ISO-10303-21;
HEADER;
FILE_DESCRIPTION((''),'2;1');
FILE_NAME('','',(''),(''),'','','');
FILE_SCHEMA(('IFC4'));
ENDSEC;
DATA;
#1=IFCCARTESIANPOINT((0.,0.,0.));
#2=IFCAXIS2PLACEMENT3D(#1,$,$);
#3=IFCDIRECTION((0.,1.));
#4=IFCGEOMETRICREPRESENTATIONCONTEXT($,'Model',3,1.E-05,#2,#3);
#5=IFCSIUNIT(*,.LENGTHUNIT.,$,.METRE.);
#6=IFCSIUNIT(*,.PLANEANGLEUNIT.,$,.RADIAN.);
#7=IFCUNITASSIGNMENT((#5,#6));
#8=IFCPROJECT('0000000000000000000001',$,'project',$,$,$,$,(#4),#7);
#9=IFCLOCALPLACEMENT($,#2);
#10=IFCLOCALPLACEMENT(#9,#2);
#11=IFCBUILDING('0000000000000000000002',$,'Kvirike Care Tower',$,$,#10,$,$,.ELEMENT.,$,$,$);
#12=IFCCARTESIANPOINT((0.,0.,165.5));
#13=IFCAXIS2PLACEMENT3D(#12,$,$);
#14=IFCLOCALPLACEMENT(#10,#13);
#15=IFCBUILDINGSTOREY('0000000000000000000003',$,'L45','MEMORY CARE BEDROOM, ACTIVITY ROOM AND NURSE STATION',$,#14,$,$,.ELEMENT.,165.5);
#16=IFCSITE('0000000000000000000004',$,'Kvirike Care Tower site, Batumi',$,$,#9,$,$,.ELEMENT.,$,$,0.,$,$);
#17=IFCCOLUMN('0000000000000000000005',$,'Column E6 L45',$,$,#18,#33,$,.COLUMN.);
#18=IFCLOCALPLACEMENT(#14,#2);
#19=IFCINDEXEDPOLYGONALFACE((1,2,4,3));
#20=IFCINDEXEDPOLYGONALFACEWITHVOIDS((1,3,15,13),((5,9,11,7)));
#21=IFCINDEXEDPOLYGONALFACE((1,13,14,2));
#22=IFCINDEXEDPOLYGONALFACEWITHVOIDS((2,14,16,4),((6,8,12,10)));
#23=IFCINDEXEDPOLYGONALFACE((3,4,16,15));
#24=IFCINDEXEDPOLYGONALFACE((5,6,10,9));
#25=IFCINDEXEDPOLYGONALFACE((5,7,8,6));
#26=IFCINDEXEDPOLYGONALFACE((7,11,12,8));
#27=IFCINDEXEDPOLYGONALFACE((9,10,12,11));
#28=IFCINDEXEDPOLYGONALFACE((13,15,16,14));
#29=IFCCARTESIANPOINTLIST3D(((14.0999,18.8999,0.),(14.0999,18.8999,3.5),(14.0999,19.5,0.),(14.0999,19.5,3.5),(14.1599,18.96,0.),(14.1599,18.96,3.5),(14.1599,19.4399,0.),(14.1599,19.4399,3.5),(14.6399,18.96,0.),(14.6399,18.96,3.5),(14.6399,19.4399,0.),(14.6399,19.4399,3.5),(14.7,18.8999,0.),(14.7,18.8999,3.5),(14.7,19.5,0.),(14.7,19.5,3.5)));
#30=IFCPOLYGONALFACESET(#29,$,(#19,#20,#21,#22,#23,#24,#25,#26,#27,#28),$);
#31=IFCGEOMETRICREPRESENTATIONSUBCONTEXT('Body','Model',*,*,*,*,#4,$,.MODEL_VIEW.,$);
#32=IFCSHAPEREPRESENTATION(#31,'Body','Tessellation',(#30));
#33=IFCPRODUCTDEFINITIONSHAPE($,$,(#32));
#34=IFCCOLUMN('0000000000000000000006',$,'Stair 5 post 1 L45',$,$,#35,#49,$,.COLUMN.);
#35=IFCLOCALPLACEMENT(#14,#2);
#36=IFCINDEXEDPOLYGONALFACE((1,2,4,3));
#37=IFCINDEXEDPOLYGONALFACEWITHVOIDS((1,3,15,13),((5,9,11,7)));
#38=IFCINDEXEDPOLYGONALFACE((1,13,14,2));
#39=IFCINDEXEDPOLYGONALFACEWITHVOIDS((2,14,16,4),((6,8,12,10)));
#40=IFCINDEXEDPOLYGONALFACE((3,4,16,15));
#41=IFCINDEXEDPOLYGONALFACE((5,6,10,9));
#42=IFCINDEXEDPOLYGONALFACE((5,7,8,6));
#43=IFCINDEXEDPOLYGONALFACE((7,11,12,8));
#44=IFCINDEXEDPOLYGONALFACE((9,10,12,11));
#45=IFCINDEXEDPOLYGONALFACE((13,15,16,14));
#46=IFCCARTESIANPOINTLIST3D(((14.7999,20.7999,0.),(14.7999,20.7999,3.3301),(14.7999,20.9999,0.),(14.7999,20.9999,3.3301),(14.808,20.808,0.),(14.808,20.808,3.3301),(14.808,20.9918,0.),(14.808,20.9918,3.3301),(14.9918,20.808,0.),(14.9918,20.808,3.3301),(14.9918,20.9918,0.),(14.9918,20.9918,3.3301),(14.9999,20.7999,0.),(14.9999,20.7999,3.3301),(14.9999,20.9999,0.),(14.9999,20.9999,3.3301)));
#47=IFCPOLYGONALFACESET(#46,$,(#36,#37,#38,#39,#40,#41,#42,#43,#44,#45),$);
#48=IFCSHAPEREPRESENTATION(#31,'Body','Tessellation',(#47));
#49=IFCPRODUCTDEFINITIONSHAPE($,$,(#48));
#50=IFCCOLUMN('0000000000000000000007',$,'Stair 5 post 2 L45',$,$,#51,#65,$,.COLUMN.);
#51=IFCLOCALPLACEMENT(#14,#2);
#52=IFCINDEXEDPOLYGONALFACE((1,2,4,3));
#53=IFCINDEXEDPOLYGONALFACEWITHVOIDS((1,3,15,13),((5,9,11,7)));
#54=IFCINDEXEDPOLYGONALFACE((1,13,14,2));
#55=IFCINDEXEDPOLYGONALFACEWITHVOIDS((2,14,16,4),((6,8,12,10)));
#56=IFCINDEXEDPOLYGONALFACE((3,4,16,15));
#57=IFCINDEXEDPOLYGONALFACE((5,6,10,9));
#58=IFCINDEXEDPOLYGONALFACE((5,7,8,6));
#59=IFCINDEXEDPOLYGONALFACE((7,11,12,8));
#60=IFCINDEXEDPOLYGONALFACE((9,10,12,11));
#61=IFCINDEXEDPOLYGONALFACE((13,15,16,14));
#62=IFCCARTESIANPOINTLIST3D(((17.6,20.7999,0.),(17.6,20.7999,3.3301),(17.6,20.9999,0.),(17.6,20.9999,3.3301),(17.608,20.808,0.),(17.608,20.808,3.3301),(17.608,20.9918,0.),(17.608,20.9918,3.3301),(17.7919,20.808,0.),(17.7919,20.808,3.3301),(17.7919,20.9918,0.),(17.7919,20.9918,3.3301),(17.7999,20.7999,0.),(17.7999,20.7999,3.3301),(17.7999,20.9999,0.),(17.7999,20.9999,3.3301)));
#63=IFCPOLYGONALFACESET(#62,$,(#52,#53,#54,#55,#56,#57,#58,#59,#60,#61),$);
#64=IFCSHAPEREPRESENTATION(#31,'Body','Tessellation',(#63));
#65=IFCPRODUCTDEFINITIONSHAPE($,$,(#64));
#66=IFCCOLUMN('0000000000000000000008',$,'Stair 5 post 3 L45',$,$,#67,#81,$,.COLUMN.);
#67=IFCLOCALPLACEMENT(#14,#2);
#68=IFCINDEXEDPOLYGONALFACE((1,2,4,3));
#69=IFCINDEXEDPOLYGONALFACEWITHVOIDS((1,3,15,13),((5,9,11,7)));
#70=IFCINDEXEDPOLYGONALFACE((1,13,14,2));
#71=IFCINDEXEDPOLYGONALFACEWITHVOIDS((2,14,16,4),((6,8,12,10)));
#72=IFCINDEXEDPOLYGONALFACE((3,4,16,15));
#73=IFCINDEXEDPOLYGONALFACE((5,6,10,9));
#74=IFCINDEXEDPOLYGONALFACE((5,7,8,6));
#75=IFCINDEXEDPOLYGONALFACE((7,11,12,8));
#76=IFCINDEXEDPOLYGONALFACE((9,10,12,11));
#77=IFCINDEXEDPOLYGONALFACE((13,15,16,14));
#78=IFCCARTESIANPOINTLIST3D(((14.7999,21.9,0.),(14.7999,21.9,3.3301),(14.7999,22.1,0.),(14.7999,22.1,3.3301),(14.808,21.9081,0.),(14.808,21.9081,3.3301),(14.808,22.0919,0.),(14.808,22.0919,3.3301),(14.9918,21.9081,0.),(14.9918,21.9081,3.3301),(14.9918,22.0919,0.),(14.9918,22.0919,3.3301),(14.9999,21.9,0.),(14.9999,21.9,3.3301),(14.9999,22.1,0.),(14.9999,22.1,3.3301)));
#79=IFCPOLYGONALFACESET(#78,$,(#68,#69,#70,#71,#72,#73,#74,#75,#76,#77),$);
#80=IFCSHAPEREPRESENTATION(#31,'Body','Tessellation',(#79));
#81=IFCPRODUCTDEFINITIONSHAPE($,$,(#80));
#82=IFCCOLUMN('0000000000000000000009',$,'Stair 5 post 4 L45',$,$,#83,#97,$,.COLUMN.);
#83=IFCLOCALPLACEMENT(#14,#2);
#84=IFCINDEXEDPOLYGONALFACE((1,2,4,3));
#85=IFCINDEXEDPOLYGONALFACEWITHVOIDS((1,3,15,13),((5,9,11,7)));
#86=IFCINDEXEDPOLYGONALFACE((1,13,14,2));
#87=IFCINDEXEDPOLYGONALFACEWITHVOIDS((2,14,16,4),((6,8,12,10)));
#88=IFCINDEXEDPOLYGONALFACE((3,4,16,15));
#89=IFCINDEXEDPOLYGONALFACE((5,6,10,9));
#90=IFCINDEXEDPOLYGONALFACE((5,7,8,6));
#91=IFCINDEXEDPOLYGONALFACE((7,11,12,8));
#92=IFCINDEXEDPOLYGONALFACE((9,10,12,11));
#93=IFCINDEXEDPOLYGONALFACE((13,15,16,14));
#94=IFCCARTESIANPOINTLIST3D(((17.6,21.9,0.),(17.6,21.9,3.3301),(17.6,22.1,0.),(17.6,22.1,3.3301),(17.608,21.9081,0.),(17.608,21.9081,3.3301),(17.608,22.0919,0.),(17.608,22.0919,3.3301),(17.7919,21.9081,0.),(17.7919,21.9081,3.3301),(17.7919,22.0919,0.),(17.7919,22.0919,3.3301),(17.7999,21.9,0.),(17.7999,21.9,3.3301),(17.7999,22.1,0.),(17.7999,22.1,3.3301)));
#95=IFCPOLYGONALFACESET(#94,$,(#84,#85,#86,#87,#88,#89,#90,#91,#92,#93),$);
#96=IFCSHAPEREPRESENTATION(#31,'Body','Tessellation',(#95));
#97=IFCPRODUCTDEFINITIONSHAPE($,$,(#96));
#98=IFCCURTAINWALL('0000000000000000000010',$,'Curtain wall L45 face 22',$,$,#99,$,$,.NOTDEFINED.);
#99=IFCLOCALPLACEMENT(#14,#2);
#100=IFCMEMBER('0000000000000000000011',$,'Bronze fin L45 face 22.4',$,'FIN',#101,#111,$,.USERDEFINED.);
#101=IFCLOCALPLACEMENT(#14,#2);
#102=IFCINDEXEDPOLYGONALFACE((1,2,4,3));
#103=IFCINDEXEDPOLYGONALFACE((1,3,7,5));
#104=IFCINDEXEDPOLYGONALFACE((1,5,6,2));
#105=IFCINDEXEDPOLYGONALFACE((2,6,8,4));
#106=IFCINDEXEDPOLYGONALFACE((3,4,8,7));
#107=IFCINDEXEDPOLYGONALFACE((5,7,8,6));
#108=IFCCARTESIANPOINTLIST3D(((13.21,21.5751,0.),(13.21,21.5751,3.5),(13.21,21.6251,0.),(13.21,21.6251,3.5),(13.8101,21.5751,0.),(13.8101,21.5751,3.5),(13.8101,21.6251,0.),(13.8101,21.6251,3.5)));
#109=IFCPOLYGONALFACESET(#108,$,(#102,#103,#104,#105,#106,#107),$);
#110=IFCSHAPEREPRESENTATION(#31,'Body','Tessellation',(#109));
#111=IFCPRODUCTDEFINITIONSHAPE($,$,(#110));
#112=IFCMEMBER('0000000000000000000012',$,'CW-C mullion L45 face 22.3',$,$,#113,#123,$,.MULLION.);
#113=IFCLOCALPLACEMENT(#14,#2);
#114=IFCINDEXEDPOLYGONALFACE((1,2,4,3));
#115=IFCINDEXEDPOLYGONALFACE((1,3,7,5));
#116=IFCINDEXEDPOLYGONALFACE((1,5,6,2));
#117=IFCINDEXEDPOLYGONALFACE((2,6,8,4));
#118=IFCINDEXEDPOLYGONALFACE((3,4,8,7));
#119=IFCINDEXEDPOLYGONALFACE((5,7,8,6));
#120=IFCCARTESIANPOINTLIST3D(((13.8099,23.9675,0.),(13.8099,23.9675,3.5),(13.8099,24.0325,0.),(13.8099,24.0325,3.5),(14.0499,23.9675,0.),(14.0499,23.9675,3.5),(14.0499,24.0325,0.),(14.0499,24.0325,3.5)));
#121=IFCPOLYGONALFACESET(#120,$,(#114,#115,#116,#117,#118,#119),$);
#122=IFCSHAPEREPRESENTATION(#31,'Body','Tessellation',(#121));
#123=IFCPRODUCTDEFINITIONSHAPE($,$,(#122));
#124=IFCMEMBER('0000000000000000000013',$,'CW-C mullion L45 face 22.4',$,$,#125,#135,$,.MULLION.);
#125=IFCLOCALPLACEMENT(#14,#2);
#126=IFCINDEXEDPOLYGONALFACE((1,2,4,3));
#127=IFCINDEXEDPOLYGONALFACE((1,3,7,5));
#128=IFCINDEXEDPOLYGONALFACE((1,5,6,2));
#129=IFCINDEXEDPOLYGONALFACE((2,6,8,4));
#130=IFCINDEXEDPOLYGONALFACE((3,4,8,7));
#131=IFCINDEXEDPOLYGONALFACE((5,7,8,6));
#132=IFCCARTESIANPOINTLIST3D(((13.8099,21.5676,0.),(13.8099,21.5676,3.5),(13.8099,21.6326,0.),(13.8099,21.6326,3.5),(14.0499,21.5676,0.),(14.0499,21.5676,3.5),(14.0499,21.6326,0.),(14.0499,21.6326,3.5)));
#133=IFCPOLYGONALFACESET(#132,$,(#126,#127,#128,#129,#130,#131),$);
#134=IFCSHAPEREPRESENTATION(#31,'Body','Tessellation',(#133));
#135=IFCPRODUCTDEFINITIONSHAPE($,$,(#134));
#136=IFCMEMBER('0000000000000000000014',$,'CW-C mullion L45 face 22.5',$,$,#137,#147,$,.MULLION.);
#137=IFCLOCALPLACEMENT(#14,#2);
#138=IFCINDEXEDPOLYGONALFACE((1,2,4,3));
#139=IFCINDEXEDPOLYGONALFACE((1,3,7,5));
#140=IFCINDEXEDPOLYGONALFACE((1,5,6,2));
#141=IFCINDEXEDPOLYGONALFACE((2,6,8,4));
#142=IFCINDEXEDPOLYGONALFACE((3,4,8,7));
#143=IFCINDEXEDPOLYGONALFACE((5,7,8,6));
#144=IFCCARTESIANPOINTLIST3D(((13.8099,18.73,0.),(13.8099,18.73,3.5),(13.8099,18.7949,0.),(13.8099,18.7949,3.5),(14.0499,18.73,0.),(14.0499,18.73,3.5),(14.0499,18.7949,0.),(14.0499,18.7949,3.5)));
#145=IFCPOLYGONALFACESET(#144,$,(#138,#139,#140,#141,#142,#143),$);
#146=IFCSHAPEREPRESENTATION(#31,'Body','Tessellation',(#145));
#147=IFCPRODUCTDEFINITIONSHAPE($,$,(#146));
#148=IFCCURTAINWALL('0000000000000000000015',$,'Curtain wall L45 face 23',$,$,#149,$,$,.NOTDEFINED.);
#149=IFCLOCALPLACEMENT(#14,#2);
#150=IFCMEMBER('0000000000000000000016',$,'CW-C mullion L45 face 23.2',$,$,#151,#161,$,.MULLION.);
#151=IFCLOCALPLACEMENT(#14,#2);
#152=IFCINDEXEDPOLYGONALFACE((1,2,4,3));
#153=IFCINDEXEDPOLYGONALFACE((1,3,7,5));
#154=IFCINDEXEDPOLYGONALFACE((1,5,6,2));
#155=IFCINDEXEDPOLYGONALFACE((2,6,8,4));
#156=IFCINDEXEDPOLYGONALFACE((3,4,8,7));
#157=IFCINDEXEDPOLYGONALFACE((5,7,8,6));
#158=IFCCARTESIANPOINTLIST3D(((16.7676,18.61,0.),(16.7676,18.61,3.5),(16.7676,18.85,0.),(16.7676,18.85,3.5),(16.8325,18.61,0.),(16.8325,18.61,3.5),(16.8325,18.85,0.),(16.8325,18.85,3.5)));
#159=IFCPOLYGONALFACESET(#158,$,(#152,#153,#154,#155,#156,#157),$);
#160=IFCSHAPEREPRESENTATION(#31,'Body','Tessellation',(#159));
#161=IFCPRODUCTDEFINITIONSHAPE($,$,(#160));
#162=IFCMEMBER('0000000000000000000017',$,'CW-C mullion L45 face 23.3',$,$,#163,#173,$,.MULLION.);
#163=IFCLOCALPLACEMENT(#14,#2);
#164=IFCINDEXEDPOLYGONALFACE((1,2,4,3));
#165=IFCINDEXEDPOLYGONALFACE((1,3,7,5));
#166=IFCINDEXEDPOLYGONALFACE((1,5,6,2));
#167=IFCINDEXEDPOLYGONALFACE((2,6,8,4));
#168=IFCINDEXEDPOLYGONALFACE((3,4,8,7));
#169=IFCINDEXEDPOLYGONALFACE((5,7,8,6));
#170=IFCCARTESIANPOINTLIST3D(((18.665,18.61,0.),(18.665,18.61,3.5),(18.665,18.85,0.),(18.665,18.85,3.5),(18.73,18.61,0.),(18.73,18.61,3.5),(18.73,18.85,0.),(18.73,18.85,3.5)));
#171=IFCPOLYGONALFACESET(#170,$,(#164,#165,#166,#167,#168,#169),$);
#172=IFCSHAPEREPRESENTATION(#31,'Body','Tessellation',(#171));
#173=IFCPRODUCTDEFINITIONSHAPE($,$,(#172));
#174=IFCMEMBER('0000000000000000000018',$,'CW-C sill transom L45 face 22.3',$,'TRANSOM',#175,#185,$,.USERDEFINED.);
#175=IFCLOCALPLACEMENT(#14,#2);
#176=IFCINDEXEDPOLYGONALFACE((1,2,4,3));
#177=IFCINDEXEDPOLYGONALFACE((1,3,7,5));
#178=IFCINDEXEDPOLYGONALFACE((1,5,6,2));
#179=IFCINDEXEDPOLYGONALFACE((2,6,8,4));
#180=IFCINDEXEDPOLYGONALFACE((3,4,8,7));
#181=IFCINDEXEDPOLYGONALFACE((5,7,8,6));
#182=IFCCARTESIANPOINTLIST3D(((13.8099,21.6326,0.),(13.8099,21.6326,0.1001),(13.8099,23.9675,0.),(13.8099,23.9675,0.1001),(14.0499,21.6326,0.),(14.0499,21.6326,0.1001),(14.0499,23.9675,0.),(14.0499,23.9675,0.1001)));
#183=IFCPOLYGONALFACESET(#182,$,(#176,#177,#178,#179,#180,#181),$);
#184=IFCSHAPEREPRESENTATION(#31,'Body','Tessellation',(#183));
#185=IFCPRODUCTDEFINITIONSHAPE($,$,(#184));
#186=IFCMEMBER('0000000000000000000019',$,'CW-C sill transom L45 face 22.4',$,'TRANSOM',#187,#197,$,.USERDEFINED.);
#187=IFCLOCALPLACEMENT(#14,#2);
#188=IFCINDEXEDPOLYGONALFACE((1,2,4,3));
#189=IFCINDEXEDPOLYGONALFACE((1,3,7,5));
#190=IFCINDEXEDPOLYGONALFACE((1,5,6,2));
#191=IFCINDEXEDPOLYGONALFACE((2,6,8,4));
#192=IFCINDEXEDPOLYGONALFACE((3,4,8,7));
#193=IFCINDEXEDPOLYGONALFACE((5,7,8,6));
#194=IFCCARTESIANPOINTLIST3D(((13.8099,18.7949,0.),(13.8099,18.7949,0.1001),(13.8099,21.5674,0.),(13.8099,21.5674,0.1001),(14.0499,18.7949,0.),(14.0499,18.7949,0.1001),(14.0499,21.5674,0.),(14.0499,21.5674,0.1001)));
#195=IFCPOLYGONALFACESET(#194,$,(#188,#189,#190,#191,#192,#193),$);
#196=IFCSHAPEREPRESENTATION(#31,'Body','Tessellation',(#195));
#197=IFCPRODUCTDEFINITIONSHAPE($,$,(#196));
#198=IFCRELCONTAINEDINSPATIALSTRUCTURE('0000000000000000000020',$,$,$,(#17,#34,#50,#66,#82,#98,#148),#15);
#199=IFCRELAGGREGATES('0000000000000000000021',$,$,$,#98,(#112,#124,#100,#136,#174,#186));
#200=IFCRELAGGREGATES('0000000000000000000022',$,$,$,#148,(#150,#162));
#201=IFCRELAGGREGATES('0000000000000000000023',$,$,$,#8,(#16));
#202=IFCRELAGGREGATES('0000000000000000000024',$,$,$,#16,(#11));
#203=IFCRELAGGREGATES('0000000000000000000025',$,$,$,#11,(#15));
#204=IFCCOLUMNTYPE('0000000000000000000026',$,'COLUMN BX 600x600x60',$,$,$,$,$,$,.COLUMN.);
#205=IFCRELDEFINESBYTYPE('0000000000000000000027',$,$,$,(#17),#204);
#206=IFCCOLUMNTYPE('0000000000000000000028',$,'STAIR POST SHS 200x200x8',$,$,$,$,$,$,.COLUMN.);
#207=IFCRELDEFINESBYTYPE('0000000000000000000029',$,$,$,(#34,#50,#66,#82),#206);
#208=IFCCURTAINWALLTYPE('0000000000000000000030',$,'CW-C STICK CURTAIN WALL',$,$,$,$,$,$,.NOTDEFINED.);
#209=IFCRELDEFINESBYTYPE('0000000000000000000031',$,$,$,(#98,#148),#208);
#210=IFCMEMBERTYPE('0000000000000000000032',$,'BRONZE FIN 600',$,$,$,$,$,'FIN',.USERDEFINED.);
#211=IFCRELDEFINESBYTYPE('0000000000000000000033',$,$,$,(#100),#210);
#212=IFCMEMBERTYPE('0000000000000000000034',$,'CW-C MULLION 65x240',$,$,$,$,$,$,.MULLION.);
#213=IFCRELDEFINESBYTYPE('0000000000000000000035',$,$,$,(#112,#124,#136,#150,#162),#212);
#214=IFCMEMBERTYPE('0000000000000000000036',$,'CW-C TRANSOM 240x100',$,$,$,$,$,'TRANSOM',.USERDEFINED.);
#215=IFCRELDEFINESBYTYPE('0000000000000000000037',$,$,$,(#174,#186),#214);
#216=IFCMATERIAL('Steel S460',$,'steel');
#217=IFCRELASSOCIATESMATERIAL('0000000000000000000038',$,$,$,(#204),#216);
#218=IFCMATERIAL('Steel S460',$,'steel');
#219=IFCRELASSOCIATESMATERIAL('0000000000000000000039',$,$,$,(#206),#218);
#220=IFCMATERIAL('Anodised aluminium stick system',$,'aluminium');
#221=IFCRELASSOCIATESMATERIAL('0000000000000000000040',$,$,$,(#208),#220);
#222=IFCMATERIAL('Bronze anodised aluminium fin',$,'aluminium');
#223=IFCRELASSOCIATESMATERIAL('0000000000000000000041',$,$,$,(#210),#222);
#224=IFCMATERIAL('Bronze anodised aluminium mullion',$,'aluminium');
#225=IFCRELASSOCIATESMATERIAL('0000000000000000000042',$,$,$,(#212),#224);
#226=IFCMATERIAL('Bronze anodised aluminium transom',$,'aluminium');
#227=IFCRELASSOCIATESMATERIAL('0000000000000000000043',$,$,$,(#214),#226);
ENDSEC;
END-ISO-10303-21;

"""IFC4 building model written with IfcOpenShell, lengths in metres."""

from ifc_helpers import new_model, si_unit, direction, frame, origin, origin_2d, place, context, subcontext, project, spatial, rectangle, hollow_rectangle, extrude, material, material_profile, profile_set, type_object, element, aggregate, save


model = new_model("IFC4")

# Units and contexts
model_context = context("Model", 3, precision=1e-05, world=origin(), true_north=direction((0.0, 1.0)))
body_context = subcontext(model_context, "Body", "Model", "MODEL_VIEW")
ifc_project = project(units=[si_unit("LENGTHUNIT", "METRE"), si_unit("PLANEANGLEUNIT", "RADIAN")], contexts=[model_context])

# Site, building, storey
site_placement = place(None, origin())
site = spatial("IfcSite", under=ifc_project, at=site_placement, Name="Kvirike Care Tower site, Batumi", CompositionType="ELEMENT", RefElevation=0.0)
building_placement = place(site_placement, origin())
building = spatial("IfcBuilding", under=site, at=building_placement, Name="Kvirike Care Tower", CompositionType="ELEMENT")
storey_placement = place(building_placement, frame((0.0, 0.0, 165.5)))
storey = spatial("IfcBuildingStorey", under=building, at=storey_placement, Name="L45", Description="MEMORY CARE BEDROOM, ACTIVITY ROOM AND NURSE STATION", CompositionType="ELEMENT", Elevation=165.5)

# Columns
ifc_material_1 = material(Name="Steel S460", Category="steel")
ifc_material_profile_1 = material_profile(ifc_material_1, hollow_rectangle(XDim=0.6001, YDim=0.6001, WallThickness=0.0601, at=origin_2d()), Name="BX 600x600x60")
ifc_profile_set_1 = profile_set([ifc_material_profile_1], Name="Steel S460")
column_type_1 = type_object("IfcColumnType", Name="COLUMN BX 600x600x60", PredefinedType="COLUMN", material=ifc_profile_set_1)
column_placement = place(storey_placement, frame((14.3999, 19.2, 0.0), z_axis=(0.0, 0.0, 1.0), x_axis=(0.0, 1.0, 0.0)))
element("IfcColumn", 1, at=column_placement, inside=storey, type_object=column_type_1, Name="Column E6 L45", PredefinedType="COLUMN", context=body_context, shape_type="SweptSolid", body=[
    extrude(hollow_rectangle(XDim=0.6001, YDim=0.6001, WallThickness=0.0601, at=origin_2d()), origin(), (0.0, 0.0, 1.0), 3.5),
])
ifc_material_2 = material(Name="Steel S460", Category="steel")
ifc_material_profile_2 = material_profile(ifc_material_2, hollow_rectangle(XDim=0.2, YDim=0.2, WallThickness=0.0081, at=origin_2d()), Name="SHS 200x200x8")
ifc_profile_set_2 = profile_set([ifc_material_profile_2], Name="Steel S460")
column_type_2 = type_object("IfcColumnType", Name="STAIR POST SHS 200x200x8", PredefinedType="COLUMN", material=ifc_profile_set_2)
for number, where, z_axis, x_axis, name in (
    (2, (14.8999, 20.8999, 0.0), (0.0, 0.0, 1.0), (1.0, 0.0, 0.0), "Stair 5 post 1 L45"),
    (3, (17.7, 20.8999, 0.0), (0.0, 0.0, 1.0), (1.0, 0.0, 0.0), "Stair 5 post 2 L45"),
    (4, (14.8999, 22.0, 0.0), (0.0, 0.0, 1.0), (1.0, 0.0, 0.0), "Stair 5 post 3 L45"),
    (5, (17.7, 22.0, 0.0), (0.0, 0.0, 1.0), (1.0, 0.0, 0.0), "Stair 5 post 4 L45"),
):
    element("IfcColumn", number, at=place(storey_placement, frame(where, z_axis=z_axis, x_axis=x_axis)), inside=storey, type_object=column_type_2, Name=name, PredefinedType="COLUMN", context=body_context, shape_type="SweptSolid", body=[
        extrude(hollow_rectangle(XDim=0.2, YDim=0.2, WallThickness=0.0081, at=origin_2d()), origin(), (0.0, 0.0, 1.0), 3.3301),
    ])

# Curtain walls, members
ifc_material_3 = material(Name="Anodised aluminium stick system", Category="aluminium")
curtain_wall_type = type_object("IfcCurtainWallType", Name="CW-C STICK CURTAIN WALL", PredefinedType="NOTDEFINED", material=ifc_material_3)
curtain_wall_1_placement = place(storey_placement, origin())
curtain_wall_1 = element("IfcCurtainWall", 6, at=curtain_wall_1_placement, inside=storey, type_object=curtain_wall_type, Name="Curtain wall L45 face 22", PredefinedType="NOTDEFINED")
ifc_material_4 = material(Name="Bronze anodised aluminium fin", Category="aluminium")
ifc_material_profile_3 = material_profile(ifc_material_4, rectangle(XDim=0.05, YDim=0.6001, at=origin_2d()), Name="BRONZE FIN 600")
ifc_profile_set_3 = profile_set([ifc_material_profile_3], Name="Bronze anodised aluminium fin")
member_type_1 = type_object("IfcMemberType", Name="BRONZE FIN 600", ElementType="FIN", PredefinedType="USERDEFINED", material=ifc_profile_set_3)
member_1_placement = place(storey_placement, frame((13.51, 21.6001, 0.0), z_axis=(0.0, 0.0, 1.0), x_axis=(0.0, -1.0, 0.0)))
member_1 = element("IfcMember", 7, at=member_1_placement, type_object=member_type_1, Name="Bronze fin L45 face 22.4", ObjectType="FIN", PredefinedType="USERDEFINED", context=body_context, shape_type="SweptSolid", body=[
    extrude(rectangle(XDim=0.05, YDim=0.6001, at=origin_2d()), origin(), (0.0, 0.0, 1.0), 3.5),
])
ifc_material_5 = material(Name="Bronze anodised aluminium mullion", Category="aluminium")
ifc_material_profile_4 = material_profile(ifc_material_5, rectangle(XDim=0.0649, YDim=0.24, at=origin_2d()), Name="CW-C MULLION 65x240")
ifc_profile_set_4 = profile_set([ifc_material_profile_4], Name="Bronze anodised aluminium mullion")
member_type_2 = type_object("IfcMemberType", Name="CW-C MULLION 65x240", PredefinedType="MULLION", material=ifc_profile_set_4)
member_2_placement = place(storey_placement, frame((13.9299, 24.0, 0.0), z_axis=(0.0, 0.0, 1.0), x_axis=(0.0, -1.0, 0.0)))
member_2 = element("IfcMember", 8, at=member_2_placement, type_object=member_type_2, Name="CW-C mullion L45 face 22.3", PredefinedType="MULLION", context=body_context, shape_type="SweptSolid", body=[
    extrude(rectangle(XDim=0.0649, YDim=0.24, at=origin_2d()), origin(), (0.0, 0.0, 1.0), 3.5),
])
member_3_placement = place(storey_placement, frame((13.9299, 21.6001, 0.0), z_axis=(0.0, 0.0, 1.0), x_axis=(0.0, -1.0, 0.0)))
member_3 = element("IfcMember", 9, at=member_3_placement, type_object=member_type_2, Name="CW-C mullion L45 face 22.4", PredefinedType="MULLION", context=body_context, shape_type="SweptSolid", body=[
    extrude(rectangle(XDim=0.0649, YDim=0.24, at=origin_2d()), origin(), (0.0, 0.0, 1.0), 3.5),
])
member_4_placement = place(storey_placement, frame((13.9299, 18.7625, 0.0), z_axis=(0.0, 0.0, 1.0), x_axis=(0.0, -1.0, 0.0)))
member_4 = element("IfcMember", 10, at=member_4_placement, type_object=member_type_2, Name="CW-C mullion L45 face 22.5", PredefinedType="MULLION", context=body_context, shape_type="SweptSolid", body=[
    extrude(rectangle(XDim=0.0649, YDim=0.24, at=origin_2d()), origin(), (0.0, 0.0, 1.0), 3.5),
])
curtain_wall_2_placement = place(storey_placement, origin())
curtain_wall_2 = element("IfcCurtainWall", 11, at=curtain_wall_2_placement, inside=storey, type_object=curtain_wall_type, Name="Curtain wall L45 face 23", PredefinedType="NOTDEFINED")
member_5_placement = place(storey_placement, frame((16.8, 18.73, 0.0), z_axis=(0.0, 0.0, 1.0), x_axis=(1.0, 0.0, 0.0)))
member_5 = element("IfcMember", 12, at=member_5_placement, type_object=member_type_2, Name="CW-C mullion L45 face 23.2", PredefinedType="MULLION", context=body_context, shape_type="SweptSolid", body=[
    extrude(rectangle(XDim=0.0649, YDim=0.24, at=origin_2d()), origin(), (0.0, 0.0, 1.0), 3.5),
])
member_6_placement = place(storey_placement, frame((18.6975, 18.73, 0.0), z_axis=(0.0, 0.0, 1.0), x_axis=(1.0, 0.0, 0.0)))
member_6 = element("IfcMember", 13, at=member_6_placement, type_object=member_type_2, Name="CW-C mullion L45 face 23.3", PredefinedType="MULLION", context=body_context, shape_type="SweptSolid", body=[
    extrude(rectangle(XDim=0.0649, YDim=0.24, at=origin_2d()), origin(), (0.0, 0.0, 1.0), 3.5),
])

# Members
ifc_material_6 = material(Name="Bronze anodised aluminium transom", Category="aluminium")
ifc_material_profile_5 = material_profile(ifc_material_6, rectangle(XDim=0.24, YDim=0.1001, at=origin_2d()), Name="CW-C TRANSOM 240x100")
ifc_profile_set_5 = profile_set([ifc_material_profile_5], Name="Bronze anodised aluminium transom")
member_type_3 = type_object("IfcMemberType", Name="CW-C TRANSOM 240x100", ElementType="TRANSOM", PredefinedType="USERDEFINED", material=ifc_profile_set_5)
member_7_placement = place(storey_placement, frame((13.9299, 23.9675, 0.05), z_axis=(0.0, -1.0, 0.0), x_axis=(1.0, 0.0, 0.0)))
member_7 = element("IfcMember", 14, at=member_7_placement, type_object=member_type_3, Name="CW-C sill transom L45 face 22.3", ObjectType="TRANSOM", PredefinedType="USERDEFINED", context=body_context, shape_type="SweptSolid", body=[
    extrude(rectangle(XDim=0.24, YDim=0.1001, at=origin_2d()), origin(), (0.0, 0.0, 1.0), 2.335),
])
member_8_placement = place(storey_placement, frame((13.9299, 21.5674, 0.05), z_axis=(0.0, -1.0, 0.0), x_axis=(1.0, 0.0, 0.0)))
member_8 = element("IfcMember", 15, at=member_8_placement, type_object=member_type_3, Name="CW-C sill transom L45 face 22.4", ObjectType="TRANSOM", PredefinedType="USERDEFINED", context=body_context, shape_type="SweptSolid", body=[
    extrude(rectangle(XDim=0.24, YDim=0.1001, at=origin_2d()), origin(), (0.0, 0.0, 1.0), 2.7725),
])

aggregate(curtain_wall_1, [member_2, member_3, member_1, member_4, member_7, member_8])
aggregate(curtain_wall_2, [member_5, member_6])

save(model, "model.ifc")
